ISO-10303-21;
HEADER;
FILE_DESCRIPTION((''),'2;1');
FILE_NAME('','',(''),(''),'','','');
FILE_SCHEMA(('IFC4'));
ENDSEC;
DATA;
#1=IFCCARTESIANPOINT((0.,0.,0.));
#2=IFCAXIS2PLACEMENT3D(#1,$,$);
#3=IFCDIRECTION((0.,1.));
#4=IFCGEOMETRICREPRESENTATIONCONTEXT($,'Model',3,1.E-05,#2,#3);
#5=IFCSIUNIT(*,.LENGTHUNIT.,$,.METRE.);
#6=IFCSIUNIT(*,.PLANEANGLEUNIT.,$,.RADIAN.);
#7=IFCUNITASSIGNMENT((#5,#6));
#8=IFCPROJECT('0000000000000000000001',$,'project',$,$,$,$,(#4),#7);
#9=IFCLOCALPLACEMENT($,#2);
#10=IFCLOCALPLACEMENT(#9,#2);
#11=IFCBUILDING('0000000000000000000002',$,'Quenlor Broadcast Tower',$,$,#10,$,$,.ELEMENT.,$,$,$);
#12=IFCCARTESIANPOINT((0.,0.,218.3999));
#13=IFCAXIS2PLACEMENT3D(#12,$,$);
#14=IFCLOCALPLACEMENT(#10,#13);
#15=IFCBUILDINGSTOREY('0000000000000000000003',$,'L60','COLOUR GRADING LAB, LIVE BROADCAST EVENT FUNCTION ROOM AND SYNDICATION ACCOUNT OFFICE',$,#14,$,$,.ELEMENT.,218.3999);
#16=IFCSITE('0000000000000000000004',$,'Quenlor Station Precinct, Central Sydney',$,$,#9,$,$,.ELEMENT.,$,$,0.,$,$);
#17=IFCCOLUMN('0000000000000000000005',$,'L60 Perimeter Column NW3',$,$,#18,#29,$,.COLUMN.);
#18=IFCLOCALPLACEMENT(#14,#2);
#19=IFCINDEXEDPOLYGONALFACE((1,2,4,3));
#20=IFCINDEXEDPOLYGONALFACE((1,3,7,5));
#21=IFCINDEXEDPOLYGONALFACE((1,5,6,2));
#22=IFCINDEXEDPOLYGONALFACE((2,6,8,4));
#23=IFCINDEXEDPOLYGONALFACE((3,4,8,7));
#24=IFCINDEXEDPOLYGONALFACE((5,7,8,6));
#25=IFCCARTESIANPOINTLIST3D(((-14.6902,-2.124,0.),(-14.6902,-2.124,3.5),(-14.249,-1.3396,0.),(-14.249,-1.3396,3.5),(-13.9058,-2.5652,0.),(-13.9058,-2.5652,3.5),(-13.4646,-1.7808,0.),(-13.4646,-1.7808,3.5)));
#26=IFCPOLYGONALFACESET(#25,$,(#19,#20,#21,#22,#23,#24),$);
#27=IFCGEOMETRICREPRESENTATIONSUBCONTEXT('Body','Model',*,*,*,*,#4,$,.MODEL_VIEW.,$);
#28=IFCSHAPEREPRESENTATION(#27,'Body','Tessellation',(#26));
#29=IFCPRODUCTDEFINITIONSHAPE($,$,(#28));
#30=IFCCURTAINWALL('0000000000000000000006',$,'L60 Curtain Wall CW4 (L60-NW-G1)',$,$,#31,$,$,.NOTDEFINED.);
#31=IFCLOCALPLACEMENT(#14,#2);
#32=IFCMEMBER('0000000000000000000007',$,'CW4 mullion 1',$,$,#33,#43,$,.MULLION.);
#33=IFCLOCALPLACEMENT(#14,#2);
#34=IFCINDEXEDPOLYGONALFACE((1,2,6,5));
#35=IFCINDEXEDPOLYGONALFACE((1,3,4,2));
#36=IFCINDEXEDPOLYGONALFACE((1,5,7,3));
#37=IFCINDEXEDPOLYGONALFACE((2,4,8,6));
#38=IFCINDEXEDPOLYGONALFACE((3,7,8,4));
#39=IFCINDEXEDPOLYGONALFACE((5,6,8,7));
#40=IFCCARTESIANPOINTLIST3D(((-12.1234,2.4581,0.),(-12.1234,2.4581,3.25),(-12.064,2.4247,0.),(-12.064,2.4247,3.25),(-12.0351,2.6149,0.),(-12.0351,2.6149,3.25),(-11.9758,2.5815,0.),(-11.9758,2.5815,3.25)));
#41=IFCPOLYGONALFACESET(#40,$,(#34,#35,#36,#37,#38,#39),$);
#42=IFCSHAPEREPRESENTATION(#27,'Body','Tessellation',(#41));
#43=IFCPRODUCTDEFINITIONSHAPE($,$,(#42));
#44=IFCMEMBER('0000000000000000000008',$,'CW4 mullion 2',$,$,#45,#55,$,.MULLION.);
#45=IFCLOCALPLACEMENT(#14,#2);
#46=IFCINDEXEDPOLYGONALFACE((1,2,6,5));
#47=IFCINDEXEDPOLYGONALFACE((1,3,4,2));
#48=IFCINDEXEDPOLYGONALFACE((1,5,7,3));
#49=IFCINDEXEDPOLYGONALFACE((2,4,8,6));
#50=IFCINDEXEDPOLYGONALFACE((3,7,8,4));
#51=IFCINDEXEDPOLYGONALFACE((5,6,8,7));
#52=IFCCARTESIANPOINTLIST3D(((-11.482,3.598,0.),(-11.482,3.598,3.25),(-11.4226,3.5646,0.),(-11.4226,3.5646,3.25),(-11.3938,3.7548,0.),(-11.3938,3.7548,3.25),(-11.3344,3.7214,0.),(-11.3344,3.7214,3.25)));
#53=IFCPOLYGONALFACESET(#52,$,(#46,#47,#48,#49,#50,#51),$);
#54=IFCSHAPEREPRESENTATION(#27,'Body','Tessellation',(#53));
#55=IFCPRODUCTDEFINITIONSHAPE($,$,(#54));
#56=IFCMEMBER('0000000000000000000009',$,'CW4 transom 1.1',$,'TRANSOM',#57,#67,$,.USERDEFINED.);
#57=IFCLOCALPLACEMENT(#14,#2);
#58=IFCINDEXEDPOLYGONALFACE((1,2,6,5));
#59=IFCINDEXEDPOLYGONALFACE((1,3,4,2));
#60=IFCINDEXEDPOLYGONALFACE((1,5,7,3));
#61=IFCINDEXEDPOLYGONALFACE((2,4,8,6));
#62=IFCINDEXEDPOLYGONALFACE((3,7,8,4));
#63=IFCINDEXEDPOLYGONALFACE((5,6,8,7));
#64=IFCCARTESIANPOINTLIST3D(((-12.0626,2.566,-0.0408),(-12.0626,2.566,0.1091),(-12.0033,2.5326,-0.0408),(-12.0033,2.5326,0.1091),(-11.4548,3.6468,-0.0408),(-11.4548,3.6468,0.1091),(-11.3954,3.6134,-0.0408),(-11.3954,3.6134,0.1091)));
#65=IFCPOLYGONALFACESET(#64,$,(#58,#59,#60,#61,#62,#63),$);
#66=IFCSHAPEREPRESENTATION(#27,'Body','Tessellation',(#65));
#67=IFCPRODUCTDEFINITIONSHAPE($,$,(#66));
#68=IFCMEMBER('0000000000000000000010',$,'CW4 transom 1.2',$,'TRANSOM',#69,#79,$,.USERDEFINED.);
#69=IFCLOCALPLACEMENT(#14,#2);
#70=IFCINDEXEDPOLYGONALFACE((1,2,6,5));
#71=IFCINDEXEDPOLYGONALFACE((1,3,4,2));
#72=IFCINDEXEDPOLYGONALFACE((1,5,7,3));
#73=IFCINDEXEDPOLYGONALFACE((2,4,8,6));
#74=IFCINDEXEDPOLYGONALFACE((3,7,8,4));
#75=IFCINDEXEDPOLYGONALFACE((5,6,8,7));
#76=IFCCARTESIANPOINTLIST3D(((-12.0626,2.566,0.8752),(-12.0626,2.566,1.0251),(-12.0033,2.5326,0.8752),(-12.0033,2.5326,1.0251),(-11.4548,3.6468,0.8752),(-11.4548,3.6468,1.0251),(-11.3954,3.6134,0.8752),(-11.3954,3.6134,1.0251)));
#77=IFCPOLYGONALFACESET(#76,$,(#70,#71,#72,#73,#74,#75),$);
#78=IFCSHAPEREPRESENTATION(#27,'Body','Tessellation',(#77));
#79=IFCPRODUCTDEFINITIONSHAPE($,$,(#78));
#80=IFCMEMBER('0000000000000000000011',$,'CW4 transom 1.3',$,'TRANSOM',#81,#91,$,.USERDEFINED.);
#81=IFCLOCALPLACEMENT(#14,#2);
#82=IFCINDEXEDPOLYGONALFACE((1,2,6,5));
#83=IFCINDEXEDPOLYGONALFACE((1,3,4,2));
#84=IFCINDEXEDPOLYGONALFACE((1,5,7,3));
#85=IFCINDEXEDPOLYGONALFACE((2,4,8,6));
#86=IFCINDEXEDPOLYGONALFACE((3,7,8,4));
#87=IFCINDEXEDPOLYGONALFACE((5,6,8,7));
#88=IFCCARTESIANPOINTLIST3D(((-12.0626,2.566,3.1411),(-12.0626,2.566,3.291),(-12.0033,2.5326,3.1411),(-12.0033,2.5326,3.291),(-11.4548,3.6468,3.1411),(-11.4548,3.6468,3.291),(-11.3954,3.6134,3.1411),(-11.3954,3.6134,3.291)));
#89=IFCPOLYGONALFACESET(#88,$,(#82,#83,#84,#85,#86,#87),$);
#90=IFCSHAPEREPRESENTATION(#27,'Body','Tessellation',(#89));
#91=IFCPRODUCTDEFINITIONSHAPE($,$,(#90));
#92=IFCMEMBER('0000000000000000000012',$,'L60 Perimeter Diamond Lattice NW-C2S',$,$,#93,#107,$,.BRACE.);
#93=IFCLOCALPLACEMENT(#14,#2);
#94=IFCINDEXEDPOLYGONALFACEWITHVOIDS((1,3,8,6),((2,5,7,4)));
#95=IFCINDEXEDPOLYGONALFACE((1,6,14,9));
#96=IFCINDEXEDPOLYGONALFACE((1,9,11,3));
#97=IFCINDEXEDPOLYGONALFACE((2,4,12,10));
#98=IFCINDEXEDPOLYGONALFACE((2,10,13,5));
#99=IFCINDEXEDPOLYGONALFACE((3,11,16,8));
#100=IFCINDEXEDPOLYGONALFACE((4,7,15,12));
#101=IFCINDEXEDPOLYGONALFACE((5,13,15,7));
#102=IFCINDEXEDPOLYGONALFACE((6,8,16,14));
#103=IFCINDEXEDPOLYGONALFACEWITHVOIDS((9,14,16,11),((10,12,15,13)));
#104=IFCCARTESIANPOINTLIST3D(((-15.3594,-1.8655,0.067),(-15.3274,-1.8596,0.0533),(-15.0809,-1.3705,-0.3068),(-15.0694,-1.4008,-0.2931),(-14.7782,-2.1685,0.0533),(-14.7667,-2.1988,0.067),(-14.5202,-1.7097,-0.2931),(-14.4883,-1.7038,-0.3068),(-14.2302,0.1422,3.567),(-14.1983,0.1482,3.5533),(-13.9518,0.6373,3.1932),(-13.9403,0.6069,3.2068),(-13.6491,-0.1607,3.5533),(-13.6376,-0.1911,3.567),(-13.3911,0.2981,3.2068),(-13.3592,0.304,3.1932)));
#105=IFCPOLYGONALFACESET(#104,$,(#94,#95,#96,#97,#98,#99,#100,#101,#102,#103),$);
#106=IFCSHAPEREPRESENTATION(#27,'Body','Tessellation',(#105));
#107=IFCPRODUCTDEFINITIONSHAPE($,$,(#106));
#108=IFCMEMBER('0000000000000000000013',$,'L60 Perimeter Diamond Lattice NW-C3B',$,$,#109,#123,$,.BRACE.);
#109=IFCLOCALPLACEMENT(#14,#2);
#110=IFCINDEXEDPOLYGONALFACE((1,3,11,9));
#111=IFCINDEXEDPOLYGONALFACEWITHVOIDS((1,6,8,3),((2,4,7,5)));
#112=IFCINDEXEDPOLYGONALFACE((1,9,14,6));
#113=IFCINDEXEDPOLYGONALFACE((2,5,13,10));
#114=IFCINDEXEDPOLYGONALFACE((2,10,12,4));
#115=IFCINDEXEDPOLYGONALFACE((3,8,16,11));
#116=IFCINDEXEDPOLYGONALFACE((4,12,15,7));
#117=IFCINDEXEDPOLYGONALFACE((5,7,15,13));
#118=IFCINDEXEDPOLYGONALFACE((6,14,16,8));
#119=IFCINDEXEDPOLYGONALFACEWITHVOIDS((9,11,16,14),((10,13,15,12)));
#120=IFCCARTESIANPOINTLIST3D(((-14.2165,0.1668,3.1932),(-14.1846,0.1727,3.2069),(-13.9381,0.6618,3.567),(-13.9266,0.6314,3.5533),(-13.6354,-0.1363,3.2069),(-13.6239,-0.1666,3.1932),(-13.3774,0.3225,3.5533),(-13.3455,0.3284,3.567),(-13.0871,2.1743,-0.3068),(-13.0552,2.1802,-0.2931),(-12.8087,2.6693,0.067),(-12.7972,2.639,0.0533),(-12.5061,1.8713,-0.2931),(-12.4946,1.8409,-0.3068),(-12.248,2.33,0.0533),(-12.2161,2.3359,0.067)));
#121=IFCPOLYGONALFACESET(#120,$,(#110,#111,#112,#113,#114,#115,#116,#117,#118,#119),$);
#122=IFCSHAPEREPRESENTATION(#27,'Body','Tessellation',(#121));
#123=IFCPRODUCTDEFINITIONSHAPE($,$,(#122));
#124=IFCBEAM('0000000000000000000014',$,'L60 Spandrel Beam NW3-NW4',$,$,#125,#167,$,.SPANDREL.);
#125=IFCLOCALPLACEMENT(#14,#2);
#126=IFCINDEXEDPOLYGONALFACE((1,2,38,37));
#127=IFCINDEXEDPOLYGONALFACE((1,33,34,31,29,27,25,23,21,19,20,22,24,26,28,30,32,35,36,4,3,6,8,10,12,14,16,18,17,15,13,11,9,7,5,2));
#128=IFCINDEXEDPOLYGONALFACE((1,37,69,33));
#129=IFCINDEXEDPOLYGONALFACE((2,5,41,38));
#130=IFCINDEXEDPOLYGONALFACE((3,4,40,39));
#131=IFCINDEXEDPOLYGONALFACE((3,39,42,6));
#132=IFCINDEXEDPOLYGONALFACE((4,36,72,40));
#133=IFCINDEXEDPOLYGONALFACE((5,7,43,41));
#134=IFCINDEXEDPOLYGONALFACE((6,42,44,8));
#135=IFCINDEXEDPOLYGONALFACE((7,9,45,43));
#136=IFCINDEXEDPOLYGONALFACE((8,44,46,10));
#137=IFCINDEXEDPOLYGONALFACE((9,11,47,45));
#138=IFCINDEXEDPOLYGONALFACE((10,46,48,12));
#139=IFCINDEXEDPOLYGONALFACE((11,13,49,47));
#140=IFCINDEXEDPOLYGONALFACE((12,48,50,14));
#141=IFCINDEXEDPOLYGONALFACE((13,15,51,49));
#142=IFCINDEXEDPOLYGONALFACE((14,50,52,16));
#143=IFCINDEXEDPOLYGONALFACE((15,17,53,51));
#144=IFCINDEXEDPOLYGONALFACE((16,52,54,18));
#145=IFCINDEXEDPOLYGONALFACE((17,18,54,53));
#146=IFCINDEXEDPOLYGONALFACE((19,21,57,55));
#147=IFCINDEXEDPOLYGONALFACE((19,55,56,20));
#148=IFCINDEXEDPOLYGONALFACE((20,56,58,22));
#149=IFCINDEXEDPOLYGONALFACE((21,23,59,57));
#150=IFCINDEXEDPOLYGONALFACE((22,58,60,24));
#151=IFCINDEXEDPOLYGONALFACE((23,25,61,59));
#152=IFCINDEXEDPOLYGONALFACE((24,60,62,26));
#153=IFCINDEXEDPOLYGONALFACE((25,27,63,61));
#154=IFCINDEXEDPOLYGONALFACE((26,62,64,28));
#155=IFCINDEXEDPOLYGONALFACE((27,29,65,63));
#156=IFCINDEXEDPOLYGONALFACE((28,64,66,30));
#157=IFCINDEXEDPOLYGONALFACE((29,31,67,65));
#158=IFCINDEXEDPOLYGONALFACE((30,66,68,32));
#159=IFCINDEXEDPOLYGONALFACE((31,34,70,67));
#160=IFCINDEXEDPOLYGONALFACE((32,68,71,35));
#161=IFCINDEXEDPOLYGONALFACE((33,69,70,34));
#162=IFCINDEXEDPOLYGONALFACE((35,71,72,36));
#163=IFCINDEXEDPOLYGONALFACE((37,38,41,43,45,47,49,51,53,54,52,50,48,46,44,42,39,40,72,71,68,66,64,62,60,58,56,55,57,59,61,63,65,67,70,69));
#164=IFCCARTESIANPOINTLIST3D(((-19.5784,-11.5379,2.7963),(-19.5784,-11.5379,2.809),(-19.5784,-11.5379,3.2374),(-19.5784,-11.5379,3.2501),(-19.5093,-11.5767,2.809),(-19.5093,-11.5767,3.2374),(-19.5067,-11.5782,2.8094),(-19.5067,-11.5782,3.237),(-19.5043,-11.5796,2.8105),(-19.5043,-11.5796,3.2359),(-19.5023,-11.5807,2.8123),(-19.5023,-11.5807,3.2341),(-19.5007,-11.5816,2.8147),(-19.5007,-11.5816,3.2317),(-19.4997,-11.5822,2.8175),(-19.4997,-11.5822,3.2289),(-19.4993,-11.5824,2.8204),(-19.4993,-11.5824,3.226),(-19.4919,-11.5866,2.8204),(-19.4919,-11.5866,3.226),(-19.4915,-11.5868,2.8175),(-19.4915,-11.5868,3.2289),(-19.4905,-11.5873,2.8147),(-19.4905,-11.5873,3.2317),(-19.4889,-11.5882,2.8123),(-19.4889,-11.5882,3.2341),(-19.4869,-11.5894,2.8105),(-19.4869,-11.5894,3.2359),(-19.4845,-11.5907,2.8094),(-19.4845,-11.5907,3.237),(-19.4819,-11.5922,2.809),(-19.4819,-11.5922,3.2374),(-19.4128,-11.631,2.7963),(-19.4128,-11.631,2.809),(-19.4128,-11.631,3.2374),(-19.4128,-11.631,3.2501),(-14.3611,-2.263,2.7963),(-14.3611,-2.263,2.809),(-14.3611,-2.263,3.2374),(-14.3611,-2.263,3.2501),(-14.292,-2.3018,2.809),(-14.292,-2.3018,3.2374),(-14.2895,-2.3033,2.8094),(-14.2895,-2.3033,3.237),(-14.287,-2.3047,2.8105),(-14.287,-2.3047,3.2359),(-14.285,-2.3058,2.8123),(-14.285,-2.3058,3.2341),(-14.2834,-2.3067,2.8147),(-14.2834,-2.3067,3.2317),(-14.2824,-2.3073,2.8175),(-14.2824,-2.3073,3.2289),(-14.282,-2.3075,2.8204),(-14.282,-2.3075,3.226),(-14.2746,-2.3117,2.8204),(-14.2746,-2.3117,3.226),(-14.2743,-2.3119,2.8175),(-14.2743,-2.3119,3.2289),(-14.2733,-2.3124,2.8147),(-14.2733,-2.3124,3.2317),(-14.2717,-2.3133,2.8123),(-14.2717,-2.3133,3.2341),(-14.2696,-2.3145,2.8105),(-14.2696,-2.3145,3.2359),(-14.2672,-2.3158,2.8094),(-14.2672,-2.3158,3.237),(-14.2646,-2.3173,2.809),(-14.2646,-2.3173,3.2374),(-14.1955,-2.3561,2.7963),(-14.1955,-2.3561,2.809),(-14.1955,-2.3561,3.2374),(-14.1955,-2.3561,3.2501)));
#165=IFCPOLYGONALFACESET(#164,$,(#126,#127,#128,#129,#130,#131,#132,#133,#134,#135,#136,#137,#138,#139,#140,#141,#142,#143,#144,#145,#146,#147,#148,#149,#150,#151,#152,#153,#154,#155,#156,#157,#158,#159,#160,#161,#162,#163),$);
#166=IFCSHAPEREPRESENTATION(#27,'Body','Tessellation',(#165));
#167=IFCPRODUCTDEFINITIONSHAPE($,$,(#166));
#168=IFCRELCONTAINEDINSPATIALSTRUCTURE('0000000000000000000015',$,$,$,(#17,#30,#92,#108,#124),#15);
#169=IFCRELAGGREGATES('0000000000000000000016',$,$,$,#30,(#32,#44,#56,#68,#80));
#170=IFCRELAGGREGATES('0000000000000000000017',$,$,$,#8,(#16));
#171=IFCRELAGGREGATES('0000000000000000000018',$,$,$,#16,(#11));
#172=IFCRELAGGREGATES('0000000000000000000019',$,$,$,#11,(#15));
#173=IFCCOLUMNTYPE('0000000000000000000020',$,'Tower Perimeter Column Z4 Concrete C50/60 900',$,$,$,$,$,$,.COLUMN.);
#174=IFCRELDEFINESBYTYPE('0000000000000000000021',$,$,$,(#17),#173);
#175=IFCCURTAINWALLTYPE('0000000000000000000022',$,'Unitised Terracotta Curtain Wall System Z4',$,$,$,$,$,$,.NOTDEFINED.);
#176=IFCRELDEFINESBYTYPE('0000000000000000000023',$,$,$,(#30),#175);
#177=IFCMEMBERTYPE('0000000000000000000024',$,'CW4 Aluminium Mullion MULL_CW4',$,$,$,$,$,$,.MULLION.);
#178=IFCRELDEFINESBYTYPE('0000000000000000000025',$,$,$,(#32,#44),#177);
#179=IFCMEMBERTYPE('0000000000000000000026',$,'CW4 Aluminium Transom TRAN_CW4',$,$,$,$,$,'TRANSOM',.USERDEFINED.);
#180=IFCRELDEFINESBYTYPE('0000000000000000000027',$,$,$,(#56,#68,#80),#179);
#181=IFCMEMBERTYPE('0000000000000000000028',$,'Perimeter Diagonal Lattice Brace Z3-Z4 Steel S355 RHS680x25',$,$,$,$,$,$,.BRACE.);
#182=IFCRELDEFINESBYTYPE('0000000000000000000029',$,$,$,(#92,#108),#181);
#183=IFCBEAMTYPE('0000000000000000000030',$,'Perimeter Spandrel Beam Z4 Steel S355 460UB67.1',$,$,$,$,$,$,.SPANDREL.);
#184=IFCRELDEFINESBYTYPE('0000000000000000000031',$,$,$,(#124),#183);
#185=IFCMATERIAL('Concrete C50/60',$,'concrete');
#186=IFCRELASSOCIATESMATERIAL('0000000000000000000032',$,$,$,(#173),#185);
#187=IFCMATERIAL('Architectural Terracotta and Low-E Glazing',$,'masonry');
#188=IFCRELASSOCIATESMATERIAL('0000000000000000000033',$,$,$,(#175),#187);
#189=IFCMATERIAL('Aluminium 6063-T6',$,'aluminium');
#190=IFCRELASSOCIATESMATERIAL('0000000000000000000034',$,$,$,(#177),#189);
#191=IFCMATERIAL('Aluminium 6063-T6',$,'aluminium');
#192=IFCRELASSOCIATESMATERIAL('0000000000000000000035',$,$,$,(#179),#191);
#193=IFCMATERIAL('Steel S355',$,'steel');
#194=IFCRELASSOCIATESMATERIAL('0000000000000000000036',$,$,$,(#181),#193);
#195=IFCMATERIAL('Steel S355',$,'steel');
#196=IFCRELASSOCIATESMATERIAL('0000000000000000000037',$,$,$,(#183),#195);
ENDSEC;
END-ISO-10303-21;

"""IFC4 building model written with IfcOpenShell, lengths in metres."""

from ifc_helpers import new_model, si_unit, direction, frame, origin, origin_2d, place, context, subcontext, project, spatial, rectangle, hollow_rectangle, i_section, extrude, material, material_profile, profile_set, type_object, element, aggregate, save


model = new_model("IFC4")

# Units and contexts
model_context = context("Model", 3, precision=1e-05, world=origin(), true_north=direction((0.0, 1.0)))
body_context = subcontext(model_context, "Body", "Model", "MODEL_VIEW")
ifc_project = project(units=[si_unit("LENGTHUNIT", "METRE"), si_unit("PLANEANGLEUNIT", "RADIAN")], contexts=[model_context])

# Site, building, storey
site_placement = place(None, origin())
site = spatial("IfcSite", under=ifc_project, at=site_placement, Name="Quenlor Station Precinct, Central Sydney", CompositionType="ELEMENT", RefElevation=0.0)
building_placement = place(site_placement, origin())
building = spatial("IfcBuilding", under=site, at=building_placement, Name="Quenlor Broadcast Tower", CompositionType="ELEMENT")
storey_placement = place(building_placement, frame((0.0, 0.0, 218.3999)))
storey = spatial("IfcBuildingStorey", under=building, at=storey_placement, Name="L60", Description="COLOUR GRADING LAB, LIVE BROADCAST EVENT FUNCTION ROOM AND SYNDICATION ACCOUNT OFFICE", CompositionType="ELEMENT", Elevation=218.3999)

# Column
ifc_material_1 = material(Name="Concrete C50/60", Category="concrete")
ifc_material_profile_1 = material_profile(ifc_material_1, rectangle(XDim=0.8999, YDim=0.8999, at=origin_2d()))
ifc_profile_set_1 = profile_set([ifc_material_profile_1], Name="Concrete C50/60 RC900x900")
column_type = type_object("IfcColumnType", Name="Tower Perimeter Column Z4 Concrete C50/60 900", PredefinedType="COLUMN", material=ifc_profile_set_1)
column_placement = place(storey_placement, frame((-14.0774, -1.9524, 0.0), z_axis=(0.0, 0.0, 1.0), x_axis=(-0.871575, 0.490262, 0.0)))
element("IfcColumn", 1, at=column_placement, inside=storey, type_object=column_type, Name="L60 Perimeter Column NW3", PredefinedType="COLUMN", context=body_context, shape_type="SweptSolid", body=[
    extrude(rectangle(XDim=0.8999, YDim=0.8999, at=origin_2d()), origin(), (0.0, 0.0, 1.0), 3.5),
])

# Curtain wall, members
ifc_material_2 = material(Name="Architectural Terracotta and Low-E Glazing", Category="masonry")
curtain_wall_type = type_object("IfcCurtainWallType", Name="Unitised Terracotta Curtain Wall System Z4", PredefinedType="NOTDEFINED", material=ifc_material_2)
curtain_wall_placement = place(storey_placement, origin())
curtain_wall = element("IfcCurtainWall", 2, at=curtain_wall_placement, inside=storey, type_object=curtain_wall_type, Name="L60 Curtain Wall CW4 (L60-NW-G1)", PredefinedType="NOTDEFINED")
ifc_material_3 = material(Name="Aluminium 6063-T6", Category="aluminium")
ifc_material_profile_2 = material_profile(ifc_material_3, rectangle(XDim=0.0681, YDim=0.1799, at=origin_2d()))
ifc_profile_set_2 = profile_set([ifc_material_profile_2], Name="Aluminium 6063-T6 MULL68x180")
member_type_1 = type_object("IfcMemberType", Name="CW4 Aluminium Mullion MULL_CW4", PredefinedType="MULLION", material=ifc_profile_set_2)
member_1_placement = place(storey_placement, frame((-12.0496, 2.5198, 0.0), z_axis=(0.0, 0.0, 1.0), x_axis=(-0.87156, 0.490289, 0.0)))
member_1 = element("IfcMember", 3, at=member_1_placement, type_object=member_type_1, Name="CW4 mullion 1", PredefinedType="MULLION", context=body_context, shape_type="SweptSolid", body=[
    extrude(rectangle(XDim=0.0681, YDim=0.1799, at=origin_2d()), origin(), (0.0, 0.0, 1.0), 3.25),
])
member_2_placement = place(storey_placement, frame((-11.4082, 3.6597, 0.0), z_axis=(0.0, 0.0, 1.0), x_axis=(-0.87156, 0.490289, 0.0)))
member_2 = element("IfcMember", 4, at=member_2_placement, type_object=member_type_1, Name="CW4 mullion 2", PredefinedType="MULLION", context=body_context, shape_type="SweptSolid", body=[
    extrude(rectangle(XDim=0.0681, YDim=0.1799, at=origin_2d()), origin(), (0.0, 0.0, 1.0), 3.25),
])
ifc_material_4 = material(Name="Aluminium 6063-T6", Category="aluminium")
ifc_material_profile_3 = material_profile(ifc_material_4, rectangle(XDim=0.0681, YDim=0.1499, at=origin_2d()))
ifc_profile_set_3 = profile_set([ifc_material_profile_3], Name="Aluminium 6063-T6 TRAN68x150")
member_type_2 = type_object("IfcMemberType", Name="CW4 Aluminium Transom TRAN_CW4", ElementType="TRANSOM", PredefinedType="USERDEFINED", material=ifc_profile_set_3)
member_3_placement = place(storey_placement, frame((-12.033, 2.5493, 0.0342), z_axis=(0.490233, 0.871591, 0.0), x_axis=(-0.871591, 0.490233, 0.0)))
member_3 = element("IfcMember", 5, at=member_3_placement, type_object=member_type_2, Name="CW4 transom 1.1", ObjectType="TRANSOM", PredefinedType="USERDEFINED", context=body_context, shape_type="SweptSolid", body=[
    extrude(rectangle(XDim=0.0681, YDim=0.1499, at=origin_2d()), origin(), (0.0, 0.0, 1.0), 1.24),
])
member_4_placement = place(storey_placement, frame((-12.033, 2.5493, 0.9502), z_axis=(0.490233, 0.871591, 0.0), x_axis=(-0.871591, 0.490233, 0.0)))
member_4 = element("IfcMember", 6, at=member_4_placement, type_object=member_type_2, Name="CW4 transom 1.2", ObjectType="TRANSOM", PredefinedType="USERDEFINED", context=body_context, shape_type="SweptSolid", body=[
    extrude(rectangle(XDim=0.0681, YDim=0.1499, at=origin_2d()), origin(), (0.0, 0.0, 1.0), 1.24),
])
member_5_placement = place(storey_placement, frame((-12.033, 2.5493, 3.2161), z_axis=(0.490233, 0.871591, 0.0), x_axis=(-0.871591, 0.490233, 0.0)))
member_5 = element("IfcMember", 7, at=member_5_placement, type_object=member_type_2, Name="CW4 transom 1.3", ObjectType="TRANSOM", PredefinedType="USERDEFINED", context=body_context, shape_type="SweptSolid", body=[
    extrude(rectangle(XDim=0.0681, YDim=0.1499, at=origin_2d()), origin(), (0.0, 0.0, 1.0), 1.24),
])

# Members
ifc_material_5 = material(Name="Steel S355", Category="steel")
ifc_material_profile_4 = material_profile(ifc_material_5, hollow_rectangle(XDim=0.6799, YDim=0.6799, WallThickness=0.0249, at=origin_2d()))
ifc_profile_set_4 = profile_set([ifc_material_profile_4], Name="Steel S355 RHS680x680x25")
member_type_3 = type_object("IfcMemberType", Name="Perimeter Diagonal Lattice Brace Z3-Z4 Steel S355 RHS680x25", PredefinedType="BRACE", material=ifc_profile_set_4)
for number, where, z_axis, x_axis, name in (
    (8, (-14.9238, -1.7847, -0.1199), (0.269485, 0.479189, 0.835318), (-0.871621, 0.490181, 0.0), "L60 Perimeter Diamond Lattice NW-C2S"),
    (9, (-12.6516, 2.2551, -0.1199), (-0.269547, -0.479136, 0.835328), (0.87155, -0.490307, 0.0), "L60 Perimeter Diamond Lattice NW-C3B"),
):
    element("IfcMember", number, at=place(storey_placement, frame(where, z_axis=z_axis, x_axis=x_axis)), inside=storey, type_object=member_type_3, Name=name, PredefinedType="BRACE", context=body_context, shape_type="SweptSolid", body=[
        extrude(hollow_rectangle(XDim=0.6799, YDim=0.6799, WallThickness=0.0249, at=origin_2d()), origin(), (0.0, 0.0, 1.0), 4.1899),
    ])

# Beam
ifc_material_6 = material(Name="Steel S355", Category="steel")
ifc_material_profile_5 = material_profile(ifc_material_6, i_section(OverallWidth=0.1899, OverallDepth=0.4539, WebThickness=0.0085, FlangeThickness=0.0127, FilletRadius=0.0115, at=origin_2d()))
ifc_profile_set_5 = profile_set([ifc_material_profile_5], Name="Steel S355 460UB67.1")
beam_type_1 = type_object("IfcBeamType", Name="Perimeter Spandrel Beam Z4 Steel S355 460UB67.1", PredefinedType="SPANDREL", material=ifc_profile_set_5)
beam_1_placement = place(storey_placement, frame((-14.2783, -2.3096, 3.0232), z_axis=(-0.490272, -0.871569, 0.0), x_axis=(0.871569, -0.490272, 0.0)))
element("IfcBeam", 10, at=beam_1_placement, inside=storey, type_object=beam_type_1, Name="L60 Spandrel Beam NW3-NW4", PredefinedType="SPANDREL", context=body_context, shape_type="SweptSolid", body=[
    extrude(i_section(OverallWidth=0.1899, OverallDepth=0.4539, WebThickness=0.0085, FlangeThickness=0.0127, FilletRadius=0.0115, at=origin_2d()), origin(), (0.0, 0.0, 1.0), 10.6416),
])

aggregate(curtain_wall, [member_1, member_2, member_3, member_4, member_5])

save(model, "model.ifc")
